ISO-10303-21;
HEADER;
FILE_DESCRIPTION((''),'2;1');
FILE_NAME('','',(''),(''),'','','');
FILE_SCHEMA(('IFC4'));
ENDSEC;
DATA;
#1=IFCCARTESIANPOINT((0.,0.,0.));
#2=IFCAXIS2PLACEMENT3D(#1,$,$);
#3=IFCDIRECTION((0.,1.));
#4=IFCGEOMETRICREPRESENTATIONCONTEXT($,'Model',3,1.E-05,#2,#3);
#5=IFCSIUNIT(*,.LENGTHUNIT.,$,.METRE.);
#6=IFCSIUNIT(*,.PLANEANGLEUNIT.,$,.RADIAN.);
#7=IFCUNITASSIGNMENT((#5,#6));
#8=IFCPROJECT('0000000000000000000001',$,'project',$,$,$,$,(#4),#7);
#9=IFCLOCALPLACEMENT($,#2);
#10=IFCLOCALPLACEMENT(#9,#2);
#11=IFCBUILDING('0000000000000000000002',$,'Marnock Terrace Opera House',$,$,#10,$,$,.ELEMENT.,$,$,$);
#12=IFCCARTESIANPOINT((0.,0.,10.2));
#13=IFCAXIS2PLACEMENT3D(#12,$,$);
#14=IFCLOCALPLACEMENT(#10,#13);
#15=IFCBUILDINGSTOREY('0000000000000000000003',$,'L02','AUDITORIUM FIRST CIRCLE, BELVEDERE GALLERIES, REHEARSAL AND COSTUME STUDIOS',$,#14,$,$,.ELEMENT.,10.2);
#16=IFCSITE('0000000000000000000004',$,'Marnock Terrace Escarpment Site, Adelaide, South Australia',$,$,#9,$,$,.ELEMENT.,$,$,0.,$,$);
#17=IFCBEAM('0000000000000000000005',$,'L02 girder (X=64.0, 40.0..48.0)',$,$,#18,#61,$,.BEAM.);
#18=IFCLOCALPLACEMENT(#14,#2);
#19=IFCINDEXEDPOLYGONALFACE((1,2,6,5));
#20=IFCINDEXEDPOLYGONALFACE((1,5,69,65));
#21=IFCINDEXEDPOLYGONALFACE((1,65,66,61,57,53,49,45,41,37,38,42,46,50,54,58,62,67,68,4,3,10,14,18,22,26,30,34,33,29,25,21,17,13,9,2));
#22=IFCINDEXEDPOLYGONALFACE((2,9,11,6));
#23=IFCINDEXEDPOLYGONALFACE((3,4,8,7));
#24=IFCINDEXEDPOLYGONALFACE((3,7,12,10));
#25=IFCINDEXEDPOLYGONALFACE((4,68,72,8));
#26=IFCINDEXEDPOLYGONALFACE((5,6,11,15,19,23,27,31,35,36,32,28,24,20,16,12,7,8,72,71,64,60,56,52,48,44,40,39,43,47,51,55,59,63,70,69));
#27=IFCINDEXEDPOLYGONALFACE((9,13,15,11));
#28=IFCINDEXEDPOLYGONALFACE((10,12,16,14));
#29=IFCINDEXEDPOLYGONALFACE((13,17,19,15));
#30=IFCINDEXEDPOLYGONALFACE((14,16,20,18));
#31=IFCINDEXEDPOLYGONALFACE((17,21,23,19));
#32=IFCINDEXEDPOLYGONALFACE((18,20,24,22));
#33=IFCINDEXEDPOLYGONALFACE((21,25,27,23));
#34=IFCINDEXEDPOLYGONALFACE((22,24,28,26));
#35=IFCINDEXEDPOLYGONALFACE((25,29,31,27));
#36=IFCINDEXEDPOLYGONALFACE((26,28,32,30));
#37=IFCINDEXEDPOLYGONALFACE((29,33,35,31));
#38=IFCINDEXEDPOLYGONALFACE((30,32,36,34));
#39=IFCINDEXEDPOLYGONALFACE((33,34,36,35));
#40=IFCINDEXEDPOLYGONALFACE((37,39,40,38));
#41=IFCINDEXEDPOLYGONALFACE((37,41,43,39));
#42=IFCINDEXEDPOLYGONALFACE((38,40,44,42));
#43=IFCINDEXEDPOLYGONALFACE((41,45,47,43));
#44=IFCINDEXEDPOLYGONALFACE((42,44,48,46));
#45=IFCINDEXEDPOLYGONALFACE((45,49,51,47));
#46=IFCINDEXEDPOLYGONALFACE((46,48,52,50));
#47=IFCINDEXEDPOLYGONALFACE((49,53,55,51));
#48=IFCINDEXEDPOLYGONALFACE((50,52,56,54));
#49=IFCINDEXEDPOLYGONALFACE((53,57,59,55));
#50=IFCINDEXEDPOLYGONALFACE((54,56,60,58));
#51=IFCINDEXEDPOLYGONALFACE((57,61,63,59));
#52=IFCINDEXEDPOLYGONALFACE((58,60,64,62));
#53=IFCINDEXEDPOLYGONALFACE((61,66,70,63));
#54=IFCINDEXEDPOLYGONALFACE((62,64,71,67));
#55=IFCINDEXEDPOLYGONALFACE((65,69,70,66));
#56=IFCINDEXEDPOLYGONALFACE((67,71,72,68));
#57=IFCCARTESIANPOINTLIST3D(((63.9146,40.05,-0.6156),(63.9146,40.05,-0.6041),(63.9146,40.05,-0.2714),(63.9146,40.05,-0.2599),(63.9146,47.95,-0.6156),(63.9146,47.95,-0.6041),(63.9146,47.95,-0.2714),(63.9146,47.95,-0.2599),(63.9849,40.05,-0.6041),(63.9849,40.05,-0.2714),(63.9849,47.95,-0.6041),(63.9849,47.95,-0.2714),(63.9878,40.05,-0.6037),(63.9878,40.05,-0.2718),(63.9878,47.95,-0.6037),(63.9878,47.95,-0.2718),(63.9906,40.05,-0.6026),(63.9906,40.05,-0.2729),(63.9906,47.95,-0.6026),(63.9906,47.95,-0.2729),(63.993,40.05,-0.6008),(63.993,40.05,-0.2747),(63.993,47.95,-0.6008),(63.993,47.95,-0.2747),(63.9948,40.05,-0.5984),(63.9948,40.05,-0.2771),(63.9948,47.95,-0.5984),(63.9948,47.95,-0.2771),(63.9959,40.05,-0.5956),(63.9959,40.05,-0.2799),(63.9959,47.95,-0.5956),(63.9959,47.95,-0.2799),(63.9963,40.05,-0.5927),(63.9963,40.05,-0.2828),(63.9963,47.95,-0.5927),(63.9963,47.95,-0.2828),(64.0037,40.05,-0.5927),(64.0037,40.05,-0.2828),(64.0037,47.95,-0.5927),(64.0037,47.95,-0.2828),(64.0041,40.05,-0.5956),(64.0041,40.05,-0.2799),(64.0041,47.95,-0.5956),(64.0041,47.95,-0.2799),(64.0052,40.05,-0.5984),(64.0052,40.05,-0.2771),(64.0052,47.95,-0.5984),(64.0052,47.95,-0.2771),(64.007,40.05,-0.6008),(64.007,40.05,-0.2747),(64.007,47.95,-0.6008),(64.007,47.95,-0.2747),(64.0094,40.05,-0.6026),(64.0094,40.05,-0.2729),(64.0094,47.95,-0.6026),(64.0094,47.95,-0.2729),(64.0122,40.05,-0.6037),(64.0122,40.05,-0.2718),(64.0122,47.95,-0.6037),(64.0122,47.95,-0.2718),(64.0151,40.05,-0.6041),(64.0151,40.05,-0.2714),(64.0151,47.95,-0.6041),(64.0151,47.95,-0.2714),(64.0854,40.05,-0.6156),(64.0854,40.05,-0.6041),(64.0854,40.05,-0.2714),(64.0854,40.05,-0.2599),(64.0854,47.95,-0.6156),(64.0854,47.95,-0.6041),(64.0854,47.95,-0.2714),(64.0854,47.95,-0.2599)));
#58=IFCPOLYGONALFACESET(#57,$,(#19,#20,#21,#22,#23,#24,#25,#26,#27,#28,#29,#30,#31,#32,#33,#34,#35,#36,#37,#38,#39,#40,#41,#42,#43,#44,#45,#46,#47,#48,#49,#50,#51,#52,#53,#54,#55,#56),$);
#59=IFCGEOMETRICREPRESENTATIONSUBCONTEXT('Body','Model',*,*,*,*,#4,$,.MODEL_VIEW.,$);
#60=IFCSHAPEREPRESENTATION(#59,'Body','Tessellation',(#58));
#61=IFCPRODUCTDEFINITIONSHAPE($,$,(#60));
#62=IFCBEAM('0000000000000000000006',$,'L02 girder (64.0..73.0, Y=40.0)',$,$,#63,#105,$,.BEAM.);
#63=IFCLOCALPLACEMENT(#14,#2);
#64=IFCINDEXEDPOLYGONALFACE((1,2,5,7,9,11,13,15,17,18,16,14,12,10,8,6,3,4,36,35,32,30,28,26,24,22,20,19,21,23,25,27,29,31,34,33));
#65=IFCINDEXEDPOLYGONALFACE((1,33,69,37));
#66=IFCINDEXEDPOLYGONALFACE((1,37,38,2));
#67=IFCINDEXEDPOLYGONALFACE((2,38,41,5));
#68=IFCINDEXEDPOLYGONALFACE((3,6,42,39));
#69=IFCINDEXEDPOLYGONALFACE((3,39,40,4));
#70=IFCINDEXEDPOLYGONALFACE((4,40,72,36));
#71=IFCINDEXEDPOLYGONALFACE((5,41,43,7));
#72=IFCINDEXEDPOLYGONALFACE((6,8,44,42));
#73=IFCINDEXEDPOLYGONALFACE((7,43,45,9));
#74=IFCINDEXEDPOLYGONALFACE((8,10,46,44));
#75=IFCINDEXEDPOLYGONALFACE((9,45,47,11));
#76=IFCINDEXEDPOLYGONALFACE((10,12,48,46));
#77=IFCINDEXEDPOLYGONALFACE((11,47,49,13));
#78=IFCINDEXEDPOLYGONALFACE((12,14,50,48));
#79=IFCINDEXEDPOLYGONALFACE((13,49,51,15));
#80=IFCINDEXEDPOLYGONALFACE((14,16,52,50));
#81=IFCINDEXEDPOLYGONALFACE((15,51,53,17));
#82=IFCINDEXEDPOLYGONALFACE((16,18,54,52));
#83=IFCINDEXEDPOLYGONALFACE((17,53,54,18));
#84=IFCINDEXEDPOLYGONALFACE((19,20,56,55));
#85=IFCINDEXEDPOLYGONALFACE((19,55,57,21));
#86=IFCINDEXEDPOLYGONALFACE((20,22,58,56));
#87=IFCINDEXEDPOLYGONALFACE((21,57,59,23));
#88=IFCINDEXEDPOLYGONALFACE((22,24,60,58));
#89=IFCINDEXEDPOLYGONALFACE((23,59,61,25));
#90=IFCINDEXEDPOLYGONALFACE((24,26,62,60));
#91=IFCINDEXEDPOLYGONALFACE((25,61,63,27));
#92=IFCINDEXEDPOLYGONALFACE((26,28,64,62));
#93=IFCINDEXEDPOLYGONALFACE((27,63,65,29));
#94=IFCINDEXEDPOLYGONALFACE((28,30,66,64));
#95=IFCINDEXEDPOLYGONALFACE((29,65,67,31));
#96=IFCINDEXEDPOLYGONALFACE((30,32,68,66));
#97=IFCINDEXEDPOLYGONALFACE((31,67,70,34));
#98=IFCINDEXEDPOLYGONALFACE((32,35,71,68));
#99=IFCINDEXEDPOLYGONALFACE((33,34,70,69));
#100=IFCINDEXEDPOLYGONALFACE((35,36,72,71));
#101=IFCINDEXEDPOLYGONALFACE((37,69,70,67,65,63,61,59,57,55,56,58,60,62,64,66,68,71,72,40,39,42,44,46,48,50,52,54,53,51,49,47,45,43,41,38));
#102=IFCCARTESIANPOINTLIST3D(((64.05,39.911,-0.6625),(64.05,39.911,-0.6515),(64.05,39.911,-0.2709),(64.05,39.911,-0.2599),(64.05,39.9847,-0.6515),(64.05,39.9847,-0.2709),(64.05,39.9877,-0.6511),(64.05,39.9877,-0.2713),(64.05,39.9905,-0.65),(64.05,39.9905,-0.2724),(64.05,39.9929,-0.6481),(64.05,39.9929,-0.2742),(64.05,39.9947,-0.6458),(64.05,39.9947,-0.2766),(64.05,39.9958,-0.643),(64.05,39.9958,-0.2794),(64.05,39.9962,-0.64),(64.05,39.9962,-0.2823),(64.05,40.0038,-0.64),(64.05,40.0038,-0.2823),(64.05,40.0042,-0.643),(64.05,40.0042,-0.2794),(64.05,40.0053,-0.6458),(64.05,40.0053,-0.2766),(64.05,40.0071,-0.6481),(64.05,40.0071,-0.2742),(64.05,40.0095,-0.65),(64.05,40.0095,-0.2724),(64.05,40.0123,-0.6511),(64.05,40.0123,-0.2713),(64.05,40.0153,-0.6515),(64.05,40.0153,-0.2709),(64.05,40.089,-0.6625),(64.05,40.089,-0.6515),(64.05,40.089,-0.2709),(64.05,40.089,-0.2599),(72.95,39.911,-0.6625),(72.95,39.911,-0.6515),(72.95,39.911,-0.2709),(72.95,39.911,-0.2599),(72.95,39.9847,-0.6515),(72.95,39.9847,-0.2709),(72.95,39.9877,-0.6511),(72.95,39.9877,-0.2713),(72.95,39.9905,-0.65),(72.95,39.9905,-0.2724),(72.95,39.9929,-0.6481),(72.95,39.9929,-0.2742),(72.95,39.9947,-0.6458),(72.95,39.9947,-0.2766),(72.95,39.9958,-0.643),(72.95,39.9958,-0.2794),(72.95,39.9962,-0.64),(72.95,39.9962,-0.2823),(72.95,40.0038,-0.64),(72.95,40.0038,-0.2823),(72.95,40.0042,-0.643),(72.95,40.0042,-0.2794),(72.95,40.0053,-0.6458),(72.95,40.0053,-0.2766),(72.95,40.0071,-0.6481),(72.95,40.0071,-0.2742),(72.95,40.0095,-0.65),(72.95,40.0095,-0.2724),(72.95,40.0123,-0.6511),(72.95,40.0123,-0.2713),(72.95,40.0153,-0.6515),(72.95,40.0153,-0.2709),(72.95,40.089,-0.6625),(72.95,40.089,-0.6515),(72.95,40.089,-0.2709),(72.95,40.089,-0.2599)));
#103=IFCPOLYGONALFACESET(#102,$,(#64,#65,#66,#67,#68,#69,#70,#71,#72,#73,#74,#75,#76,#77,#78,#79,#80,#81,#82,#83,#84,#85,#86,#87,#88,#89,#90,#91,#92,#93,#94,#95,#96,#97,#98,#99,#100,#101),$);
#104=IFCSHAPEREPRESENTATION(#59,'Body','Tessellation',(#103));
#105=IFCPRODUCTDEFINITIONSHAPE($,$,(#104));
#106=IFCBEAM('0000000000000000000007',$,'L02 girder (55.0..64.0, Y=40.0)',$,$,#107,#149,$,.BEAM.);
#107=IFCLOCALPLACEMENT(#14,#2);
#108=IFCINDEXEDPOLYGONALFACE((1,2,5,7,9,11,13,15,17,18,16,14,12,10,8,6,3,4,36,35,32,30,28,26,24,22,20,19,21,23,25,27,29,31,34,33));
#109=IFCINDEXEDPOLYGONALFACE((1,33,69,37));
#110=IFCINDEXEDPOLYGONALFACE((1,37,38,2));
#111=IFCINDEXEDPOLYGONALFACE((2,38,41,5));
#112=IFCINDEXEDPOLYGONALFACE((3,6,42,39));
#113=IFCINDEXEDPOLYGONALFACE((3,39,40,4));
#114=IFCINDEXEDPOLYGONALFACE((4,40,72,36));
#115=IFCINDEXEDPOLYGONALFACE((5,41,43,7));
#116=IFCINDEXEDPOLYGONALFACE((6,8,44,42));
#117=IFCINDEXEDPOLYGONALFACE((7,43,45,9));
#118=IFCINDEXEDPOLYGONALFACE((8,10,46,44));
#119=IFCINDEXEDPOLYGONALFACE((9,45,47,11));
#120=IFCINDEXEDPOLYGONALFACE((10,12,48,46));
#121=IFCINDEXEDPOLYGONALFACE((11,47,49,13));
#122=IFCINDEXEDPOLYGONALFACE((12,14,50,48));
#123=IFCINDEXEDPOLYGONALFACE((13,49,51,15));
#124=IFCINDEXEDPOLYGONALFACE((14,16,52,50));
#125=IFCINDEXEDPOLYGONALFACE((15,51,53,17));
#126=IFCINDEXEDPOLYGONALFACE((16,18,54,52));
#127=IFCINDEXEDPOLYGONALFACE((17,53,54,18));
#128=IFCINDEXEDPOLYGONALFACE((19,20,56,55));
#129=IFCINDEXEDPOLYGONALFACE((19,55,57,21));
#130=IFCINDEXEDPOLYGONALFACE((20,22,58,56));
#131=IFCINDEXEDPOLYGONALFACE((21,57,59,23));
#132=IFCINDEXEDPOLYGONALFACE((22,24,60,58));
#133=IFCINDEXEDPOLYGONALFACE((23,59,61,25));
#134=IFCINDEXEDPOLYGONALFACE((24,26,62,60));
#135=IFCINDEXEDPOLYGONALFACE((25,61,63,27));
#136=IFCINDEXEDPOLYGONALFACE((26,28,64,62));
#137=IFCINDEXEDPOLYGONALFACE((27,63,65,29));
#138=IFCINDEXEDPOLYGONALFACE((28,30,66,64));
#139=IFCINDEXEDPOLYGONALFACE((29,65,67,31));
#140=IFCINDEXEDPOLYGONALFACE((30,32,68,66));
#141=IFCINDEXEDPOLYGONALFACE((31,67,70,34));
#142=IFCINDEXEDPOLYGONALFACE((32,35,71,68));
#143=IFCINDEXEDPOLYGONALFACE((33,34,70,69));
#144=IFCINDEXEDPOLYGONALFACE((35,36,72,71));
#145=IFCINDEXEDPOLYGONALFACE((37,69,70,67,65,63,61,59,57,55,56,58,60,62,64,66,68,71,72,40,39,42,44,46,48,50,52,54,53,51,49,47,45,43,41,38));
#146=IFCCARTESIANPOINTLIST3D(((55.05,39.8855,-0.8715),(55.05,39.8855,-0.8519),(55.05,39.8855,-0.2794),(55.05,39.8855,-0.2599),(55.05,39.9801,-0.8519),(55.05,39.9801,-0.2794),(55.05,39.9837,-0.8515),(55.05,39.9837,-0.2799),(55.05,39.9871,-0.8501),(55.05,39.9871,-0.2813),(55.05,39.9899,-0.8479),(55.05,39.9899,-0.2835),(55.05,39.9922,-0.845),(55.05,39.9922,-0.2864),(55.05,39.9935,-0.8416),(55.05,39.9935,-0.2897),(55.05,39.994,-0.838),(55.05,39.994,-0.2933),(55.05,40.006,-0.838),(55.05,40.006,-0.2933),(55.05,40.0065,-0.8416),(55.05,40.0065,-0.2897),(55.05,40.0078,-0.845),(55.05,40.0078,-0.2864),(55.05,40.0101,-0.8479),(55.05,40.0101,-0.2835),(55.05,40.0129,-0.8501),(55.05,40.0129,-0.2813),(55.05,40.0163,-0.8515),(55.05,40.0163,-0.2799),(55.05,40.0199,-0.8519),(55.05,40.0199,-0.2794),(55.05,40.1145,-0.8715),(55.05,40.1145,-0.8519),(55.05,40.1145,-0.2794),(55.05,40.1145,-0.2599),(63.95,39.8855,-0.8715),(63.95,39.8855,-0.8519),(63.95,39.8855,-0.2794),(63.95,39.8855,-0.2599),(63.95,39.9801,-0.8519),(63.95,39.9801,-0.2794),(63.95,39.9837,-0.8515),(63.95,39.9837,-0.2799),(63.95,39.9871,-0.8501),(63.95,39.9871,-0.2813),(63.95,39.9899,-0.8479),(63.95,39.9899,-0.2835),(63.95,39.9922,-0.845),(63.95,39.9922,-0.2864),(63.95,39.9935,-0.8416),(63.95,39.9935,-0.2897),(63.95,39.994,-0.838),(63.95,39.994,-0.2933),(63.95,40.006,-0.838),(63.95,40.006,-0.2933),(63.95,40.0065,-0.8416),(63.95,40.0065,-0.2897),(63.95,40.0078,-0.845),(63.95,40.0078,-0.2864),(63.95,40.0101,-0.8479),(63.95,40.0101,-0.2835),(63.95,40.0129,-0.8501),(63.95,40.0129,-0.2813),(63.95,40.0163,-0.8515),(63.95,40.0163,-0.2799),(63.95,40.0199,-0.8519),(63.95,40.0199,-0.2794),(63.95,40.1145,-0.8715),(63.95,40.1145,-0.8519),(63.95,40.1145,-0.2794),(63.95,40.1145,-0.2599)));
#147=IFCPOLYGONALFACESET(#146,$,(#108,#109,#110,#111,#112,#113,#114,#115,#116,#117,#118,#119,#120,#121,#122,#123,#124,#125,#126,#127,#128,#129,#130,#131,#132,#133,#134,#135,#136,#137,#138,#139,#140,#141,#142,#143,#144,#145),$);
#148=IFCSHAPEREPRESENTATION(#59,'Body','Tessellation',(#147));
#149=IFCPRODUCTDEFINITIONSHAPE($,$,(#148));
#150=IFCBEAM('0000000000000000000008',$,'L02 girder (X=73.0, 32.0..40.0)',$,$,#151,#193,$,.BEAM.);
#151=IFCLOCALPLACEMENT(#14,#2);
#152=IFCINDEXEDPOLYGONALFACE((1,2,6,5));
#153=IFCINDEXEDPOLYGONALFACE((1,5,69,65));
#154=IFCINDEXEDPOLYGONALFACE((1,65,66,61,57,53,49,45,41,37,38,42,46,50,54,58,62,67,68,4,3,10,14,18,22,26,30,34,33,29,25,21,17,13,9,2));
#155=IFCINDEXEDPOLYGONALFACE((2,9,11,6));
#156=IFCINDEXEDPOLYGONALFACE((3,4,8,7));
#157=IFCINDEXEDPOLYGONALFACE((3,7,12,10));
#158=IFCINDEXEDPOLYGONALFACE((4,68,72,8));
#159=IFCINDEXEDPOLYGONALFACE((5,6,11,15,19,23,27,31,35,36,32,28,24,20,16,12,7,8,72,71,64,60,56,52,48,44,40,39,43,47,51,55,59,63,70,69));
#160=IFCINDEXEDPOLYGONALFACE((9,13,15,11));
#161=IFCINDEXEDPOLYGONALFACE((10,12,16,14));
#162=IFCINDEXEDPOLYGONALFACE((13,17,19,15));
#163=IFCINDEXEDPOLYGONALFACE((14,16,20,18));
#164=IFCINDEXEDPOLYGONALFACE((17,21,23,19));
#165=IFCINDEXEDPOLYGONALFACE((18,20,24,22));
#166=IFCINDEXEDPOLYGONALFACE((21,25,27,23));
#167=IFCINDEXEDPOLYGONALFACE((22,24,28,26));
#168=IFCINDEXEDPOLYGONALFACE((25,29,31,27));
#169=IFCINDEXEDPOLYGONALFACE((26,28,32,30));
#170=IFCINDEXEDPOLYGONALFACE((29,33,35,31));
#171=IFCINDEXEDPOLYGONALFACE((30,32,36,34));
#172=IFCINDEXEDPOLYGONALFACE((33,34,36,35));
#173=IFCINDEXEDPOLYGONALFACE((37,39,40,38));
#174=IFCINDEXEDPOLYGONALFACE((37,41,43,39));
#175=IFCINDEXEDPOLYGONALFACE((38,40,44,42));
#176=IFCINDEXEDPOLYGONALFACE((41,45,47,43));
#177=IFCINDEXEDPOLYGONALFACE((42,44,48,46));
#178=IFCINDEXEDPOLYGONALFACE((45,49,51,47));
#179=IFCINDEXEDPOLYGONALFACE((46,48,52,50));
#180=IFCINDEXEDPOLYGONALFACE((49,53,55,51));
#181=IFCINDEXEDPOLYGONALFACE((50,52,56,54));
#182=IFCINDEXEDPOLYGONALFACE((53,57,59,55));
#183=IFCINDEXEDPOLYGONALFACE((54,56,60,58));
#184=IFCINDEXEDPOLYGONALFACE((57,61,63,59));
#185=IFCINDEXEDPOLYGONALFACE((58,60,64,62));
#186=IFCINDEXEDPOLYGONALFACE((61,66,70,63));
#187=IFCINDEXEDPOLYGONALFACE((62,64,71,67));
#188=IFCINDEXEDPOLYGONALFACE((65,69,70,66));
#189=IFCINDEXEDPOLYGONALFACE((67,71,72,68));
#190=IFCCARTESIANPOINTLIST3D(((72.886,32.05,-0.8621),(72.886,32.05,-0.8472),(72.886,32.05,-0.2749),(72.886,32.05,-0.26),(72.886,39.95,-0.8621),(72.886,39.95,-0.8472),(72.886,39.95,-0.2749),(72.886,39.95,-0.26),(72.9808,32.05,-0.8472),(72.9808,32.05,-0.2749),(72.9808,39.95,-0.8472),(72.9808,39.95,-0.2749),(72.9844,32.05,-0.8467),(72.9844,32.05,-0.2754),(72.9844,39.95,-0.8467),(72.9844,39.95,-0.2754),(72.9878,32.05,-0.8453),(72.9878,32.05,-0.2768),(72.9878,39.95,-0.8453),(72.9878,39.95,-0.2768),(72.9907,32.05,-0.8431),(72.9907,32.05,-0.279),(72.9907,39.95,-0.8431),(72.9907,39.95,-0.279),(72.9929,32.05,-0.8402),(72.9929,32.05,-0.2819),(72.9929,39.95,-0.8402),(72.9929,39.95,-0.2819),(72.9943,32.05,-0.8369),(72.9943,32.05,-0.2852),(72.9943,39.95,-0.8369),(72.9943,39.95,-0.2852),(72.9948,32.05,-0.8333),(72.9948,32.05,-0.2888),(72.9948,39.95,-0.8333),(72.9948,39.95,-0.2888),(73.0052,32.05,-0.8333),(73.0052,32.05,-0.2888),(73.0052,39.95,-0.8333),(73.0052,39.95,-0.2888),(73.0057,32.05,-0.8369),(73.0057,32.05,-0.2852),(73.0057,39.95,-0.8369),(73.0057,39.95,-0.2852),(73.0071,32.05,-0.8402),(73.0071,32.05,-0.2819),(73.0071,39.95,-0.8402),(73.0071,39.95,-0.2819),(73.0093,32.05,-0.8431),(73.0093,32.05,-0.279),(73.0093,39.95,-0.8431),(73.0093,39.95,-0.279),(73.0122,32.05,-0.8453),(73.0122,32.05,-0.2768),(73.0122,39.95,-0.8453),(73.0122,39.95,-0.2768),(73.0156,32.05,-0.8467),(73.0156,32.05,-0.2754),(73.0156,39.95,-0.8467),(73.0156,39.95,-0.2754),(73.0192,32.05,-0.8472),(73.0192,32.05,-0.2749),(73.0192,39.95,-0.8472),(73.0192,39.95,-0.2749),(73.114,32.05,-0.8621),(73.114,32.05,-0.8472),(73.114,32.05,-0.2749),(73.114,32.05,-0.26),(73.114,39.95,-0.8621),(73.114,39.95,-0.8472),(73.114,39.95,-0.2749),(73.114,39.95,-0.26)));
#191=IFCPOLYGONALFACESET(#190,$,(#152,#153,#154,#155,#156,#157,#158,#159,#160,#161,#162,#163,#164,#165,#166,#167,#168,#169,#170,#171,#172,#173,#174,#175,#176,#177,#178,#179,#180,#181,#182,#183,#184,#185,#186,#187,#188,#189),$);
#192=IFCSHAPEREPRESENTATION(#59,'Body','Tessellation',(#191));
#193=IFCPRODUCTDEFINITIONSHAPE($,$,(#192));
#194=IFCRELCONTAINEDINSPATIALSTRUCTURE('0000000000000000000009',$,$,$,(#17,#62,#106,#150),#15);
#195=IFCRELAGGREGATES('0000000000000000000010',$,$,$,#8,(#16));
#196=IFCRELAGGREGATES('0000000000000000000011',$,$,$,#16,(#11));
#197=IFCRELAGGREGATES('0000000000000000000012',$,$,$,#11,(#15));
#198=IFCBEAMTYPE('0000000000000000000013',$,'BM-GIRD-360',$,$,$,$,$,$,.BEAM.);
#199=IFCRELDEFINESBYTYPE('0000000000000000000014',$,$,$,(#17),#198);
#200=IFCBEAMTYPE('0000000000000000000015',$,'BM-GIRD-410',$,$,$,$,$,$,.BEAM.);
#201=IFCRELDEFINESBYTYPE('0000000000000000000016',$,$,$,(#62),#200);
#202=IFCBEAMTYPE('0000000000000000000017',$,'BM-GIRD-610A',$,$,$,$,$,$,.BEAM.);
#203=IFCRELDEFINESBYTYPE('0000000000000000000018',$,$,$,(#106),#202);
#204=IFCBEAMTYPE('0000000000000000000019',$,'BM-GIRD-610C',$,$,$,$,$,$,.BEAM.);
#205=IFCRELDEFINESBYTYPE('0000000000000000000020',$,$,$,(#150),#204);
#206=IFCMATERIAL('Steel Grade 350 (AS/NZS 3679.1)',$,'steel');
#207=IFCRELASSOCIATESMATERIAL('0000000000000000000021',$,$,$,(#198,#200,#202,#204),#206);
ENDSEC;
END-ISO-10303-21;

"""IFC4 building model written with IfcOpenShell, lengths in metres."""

from ifc_helpers import new_model, si_unit, direction, frame, origin, origin_2d, place, context, subcontext, project, spatial, i_section, extrude, material, material_profile, profile_set, type_object, element, save


model = new_model("IFC4")

# Units and contexts
model_context = context("Model", 3, precision=1e-05, world=origin(), true_north=direction((0.0, 1.0)))
body_context = subcontext(model_context, "Body", "Model", "MODEL_VIEW")
ifc_project = project(units=[si_unit("LENGTHUNIT", "METRE"), si_unit("PLANEANGLEUNIT", "RADIAN")], contexts=[model_context])

# Site, building, storey
site_placement = place(None, origin())
site = spatial("IfcSite", under=ifc_project, at=site_placement, Name="Marnock Terrace Escarpment Site, Adelaide, South Australia", CompositionType="ELEMENT", RefElevation=0.0)
building_placement = place(site_placement, origin())
building = spatial("IfcBuilding", under=site, at=building_placement, Name="Marnock Terrace Opera House", CompositionType="ELEMENT")
storey_placement = place(building_placement, frame((0.0, 0.0, 10.2)))
storey = spatial("IfcBuildingStorey", under=building, at=storey_placement, Name="L02", Description="AUDITORIUM FIRST CIRCLE, BELVEDERE GALLERIES, REHEARSAL AND COSTUME STUDIOS", CompositionType="ELEMENT", Elevation=10.2)

# Beams
ifc_material_1 = material(Name="Steel Grade 350 (AS/NZS 3679.1)", Category="steel")
ifc_material_profile_1 = material_profile(ifc_material_1, i_section(OverallWidth=0.1709, OverallDepth=0.3557, WebThickness=0.0073, FlangeThickness=0.0115, FilletRadius=0.0115, at=origin_2d()))
ifc_profile_set_1 = profile_set([ifc_material_profile_1], Name="Steel Grade 350 (AS/NZS 3679.1)")
beam_type_1 = type_object("IfcBeamType", Name="BM-GIRD-360", PredefinedType="BEAM", material=ifc_profile_set_1)
beam_1_placement = place(storey_placement, frame((64.0, 40.05, -0.4377), z_axis=(0.0, 1.0, 0.0), x_axis=(-1.0, 0.0, 0.0)))
element("IfcBeam", 1, at=beam_1_placement, inside=storey, type_object=beam_type_1, Name="L02 girder (X=64.0, 40.0..48.0)", PredefinedType="BEAM", context=body_context, shape_type="SweptSolid", body=[
    extrude(i_section(OverallWidth=0.1709, OverallDepth=0.3557, WebThickness=0.0073, FlangeThickness=0.0115, FilletRadius=0.0115, at=origin_2d()), origin(), (0.0, 0.0, 1.0), 7.8999),
])
ifc_material_profile_2 = material_profile(ifc_material_1, i_section(OverallWidth=0.178, OverallDepth=0.4026, WebThickness=0.0076, FlangeThickness=0.011, FilletRadius=0.0115, at=origin_2d()))
ifc_profile_set_2 = profile_set([ifc_material_profile_2], Name="Steel Grade 350 (AS/NZS 3679.1)")
beam_type_2 = type_object("IfcBeamType", Name="BM-GIRD-410", PredefinedType="BEAM", material=ifc_profile_set_2)
beam_2_placement = place(storey_placement, frame((64.05, 40.0, -0.4612), z_axis=(1.0, 0.0, 0.0), x_axis=(0.0, 1.0, 0.0)))
element("IfcBeam", 2, at=beam_2_placement, inside=storey, type_object=beam_type_2, Name="L02 girder (64.0..73.0, Y=40.0)", PredefinedType="BEAM", context=body_context, shape_type="SweptSolid", body=[
    extrude(i_section(OverallWidth=0.178, OverallDepth=0.4026, WebThickness=0.0076, FlangeThickness=0.011, FilletRadius=0.0115, at=origin_2d()), origin(), (0.0, 0.0, 1.0), 8.8999),
])
ifc_material_profile_3 = material_profile(ifc_material_1, i_section(OverallWidth=0.229, OverallDepth=0.6116, WebThickness=0.012, FlangeThickness=0.0195, FilletRadius=0.0139, at=origin_2d()))
ifc_profile_set_3 = profile_set([ifc_material_profile_3], Name="Steel Grade 350 (AS/NZS 3679.1)")
beam_type_3 = type_object("IfcBeamType", Name="BM-GIRD-610A", PredefinedType="BEAM", material=ifc_profile_set_3)
beam_3_placement = place(storey_placement, frame((55.05, 40.0, -0.5657), z_axis=(1.0, 0.0, 0.0), x_axis=(0.0, 1.0, 0.0)))
element("IfcBeam", 3, at=beam_3_placement, inside=storey, type_object=beam_type_3, Name="L02 girder (55.0..64.0, Y=40.0)", PredefinedType="BEAM", context=body_context, shape_type="SweptSolid", body=[
    extrude(i_section(OverallWidth=0.229, OverallDepth=0.6116, WebThickness=0.012, FlangeThickness=0.0195, FilletRadius=0.0139, at=origin_2d()), origin(), (0.0, 0.0, 1.0), 8.8999),
])
ifc_material_profile_4 = material_profile(ifc_material_1, i_section(OverallWidth=0.228, OverallDepth=0.6021, WebThickness=0.0105, FlangeThickness=0.0149, FilletRadius=0.0139, at=origin_2d()))
ifc_profile_set_4 = profile_set([ifc_material_profile_4], Name="Steel Grade 350 (AS/NZS 3679.1)")
beam_type_4 = type_object("IfcBeamType", Name="BM-GIRD-610C", PredefinedType="BEAM", material=ifc_profile_set_4)
beam_4_placement = place(storey_placement, frame((73.0, 32.05, -0.561), z_axis=(0.0, 1.0, 0.0), x_axis=(-1.0, 0.0, 0.0)))
element("IfcBeam", 4, at=beam_4_placement, inside=storey, type_object=beam_type_4, Name="L02 girder (X=73.0, 32.0..40.0)", PredefinedType="BEAM", context=body_context, shape_type="SweptSolid", body=[
    extrude(i_section(OverallWidth=0.228, OverallDepth=0.6021, WebThickness=0.0105, FlangeThickness=0.0149, FilletRadius=0.0139, at=origin_2d()), origin(), (0.0, 0.0, 1.0), 7.8999),
])

save(model, "model.ifc")
